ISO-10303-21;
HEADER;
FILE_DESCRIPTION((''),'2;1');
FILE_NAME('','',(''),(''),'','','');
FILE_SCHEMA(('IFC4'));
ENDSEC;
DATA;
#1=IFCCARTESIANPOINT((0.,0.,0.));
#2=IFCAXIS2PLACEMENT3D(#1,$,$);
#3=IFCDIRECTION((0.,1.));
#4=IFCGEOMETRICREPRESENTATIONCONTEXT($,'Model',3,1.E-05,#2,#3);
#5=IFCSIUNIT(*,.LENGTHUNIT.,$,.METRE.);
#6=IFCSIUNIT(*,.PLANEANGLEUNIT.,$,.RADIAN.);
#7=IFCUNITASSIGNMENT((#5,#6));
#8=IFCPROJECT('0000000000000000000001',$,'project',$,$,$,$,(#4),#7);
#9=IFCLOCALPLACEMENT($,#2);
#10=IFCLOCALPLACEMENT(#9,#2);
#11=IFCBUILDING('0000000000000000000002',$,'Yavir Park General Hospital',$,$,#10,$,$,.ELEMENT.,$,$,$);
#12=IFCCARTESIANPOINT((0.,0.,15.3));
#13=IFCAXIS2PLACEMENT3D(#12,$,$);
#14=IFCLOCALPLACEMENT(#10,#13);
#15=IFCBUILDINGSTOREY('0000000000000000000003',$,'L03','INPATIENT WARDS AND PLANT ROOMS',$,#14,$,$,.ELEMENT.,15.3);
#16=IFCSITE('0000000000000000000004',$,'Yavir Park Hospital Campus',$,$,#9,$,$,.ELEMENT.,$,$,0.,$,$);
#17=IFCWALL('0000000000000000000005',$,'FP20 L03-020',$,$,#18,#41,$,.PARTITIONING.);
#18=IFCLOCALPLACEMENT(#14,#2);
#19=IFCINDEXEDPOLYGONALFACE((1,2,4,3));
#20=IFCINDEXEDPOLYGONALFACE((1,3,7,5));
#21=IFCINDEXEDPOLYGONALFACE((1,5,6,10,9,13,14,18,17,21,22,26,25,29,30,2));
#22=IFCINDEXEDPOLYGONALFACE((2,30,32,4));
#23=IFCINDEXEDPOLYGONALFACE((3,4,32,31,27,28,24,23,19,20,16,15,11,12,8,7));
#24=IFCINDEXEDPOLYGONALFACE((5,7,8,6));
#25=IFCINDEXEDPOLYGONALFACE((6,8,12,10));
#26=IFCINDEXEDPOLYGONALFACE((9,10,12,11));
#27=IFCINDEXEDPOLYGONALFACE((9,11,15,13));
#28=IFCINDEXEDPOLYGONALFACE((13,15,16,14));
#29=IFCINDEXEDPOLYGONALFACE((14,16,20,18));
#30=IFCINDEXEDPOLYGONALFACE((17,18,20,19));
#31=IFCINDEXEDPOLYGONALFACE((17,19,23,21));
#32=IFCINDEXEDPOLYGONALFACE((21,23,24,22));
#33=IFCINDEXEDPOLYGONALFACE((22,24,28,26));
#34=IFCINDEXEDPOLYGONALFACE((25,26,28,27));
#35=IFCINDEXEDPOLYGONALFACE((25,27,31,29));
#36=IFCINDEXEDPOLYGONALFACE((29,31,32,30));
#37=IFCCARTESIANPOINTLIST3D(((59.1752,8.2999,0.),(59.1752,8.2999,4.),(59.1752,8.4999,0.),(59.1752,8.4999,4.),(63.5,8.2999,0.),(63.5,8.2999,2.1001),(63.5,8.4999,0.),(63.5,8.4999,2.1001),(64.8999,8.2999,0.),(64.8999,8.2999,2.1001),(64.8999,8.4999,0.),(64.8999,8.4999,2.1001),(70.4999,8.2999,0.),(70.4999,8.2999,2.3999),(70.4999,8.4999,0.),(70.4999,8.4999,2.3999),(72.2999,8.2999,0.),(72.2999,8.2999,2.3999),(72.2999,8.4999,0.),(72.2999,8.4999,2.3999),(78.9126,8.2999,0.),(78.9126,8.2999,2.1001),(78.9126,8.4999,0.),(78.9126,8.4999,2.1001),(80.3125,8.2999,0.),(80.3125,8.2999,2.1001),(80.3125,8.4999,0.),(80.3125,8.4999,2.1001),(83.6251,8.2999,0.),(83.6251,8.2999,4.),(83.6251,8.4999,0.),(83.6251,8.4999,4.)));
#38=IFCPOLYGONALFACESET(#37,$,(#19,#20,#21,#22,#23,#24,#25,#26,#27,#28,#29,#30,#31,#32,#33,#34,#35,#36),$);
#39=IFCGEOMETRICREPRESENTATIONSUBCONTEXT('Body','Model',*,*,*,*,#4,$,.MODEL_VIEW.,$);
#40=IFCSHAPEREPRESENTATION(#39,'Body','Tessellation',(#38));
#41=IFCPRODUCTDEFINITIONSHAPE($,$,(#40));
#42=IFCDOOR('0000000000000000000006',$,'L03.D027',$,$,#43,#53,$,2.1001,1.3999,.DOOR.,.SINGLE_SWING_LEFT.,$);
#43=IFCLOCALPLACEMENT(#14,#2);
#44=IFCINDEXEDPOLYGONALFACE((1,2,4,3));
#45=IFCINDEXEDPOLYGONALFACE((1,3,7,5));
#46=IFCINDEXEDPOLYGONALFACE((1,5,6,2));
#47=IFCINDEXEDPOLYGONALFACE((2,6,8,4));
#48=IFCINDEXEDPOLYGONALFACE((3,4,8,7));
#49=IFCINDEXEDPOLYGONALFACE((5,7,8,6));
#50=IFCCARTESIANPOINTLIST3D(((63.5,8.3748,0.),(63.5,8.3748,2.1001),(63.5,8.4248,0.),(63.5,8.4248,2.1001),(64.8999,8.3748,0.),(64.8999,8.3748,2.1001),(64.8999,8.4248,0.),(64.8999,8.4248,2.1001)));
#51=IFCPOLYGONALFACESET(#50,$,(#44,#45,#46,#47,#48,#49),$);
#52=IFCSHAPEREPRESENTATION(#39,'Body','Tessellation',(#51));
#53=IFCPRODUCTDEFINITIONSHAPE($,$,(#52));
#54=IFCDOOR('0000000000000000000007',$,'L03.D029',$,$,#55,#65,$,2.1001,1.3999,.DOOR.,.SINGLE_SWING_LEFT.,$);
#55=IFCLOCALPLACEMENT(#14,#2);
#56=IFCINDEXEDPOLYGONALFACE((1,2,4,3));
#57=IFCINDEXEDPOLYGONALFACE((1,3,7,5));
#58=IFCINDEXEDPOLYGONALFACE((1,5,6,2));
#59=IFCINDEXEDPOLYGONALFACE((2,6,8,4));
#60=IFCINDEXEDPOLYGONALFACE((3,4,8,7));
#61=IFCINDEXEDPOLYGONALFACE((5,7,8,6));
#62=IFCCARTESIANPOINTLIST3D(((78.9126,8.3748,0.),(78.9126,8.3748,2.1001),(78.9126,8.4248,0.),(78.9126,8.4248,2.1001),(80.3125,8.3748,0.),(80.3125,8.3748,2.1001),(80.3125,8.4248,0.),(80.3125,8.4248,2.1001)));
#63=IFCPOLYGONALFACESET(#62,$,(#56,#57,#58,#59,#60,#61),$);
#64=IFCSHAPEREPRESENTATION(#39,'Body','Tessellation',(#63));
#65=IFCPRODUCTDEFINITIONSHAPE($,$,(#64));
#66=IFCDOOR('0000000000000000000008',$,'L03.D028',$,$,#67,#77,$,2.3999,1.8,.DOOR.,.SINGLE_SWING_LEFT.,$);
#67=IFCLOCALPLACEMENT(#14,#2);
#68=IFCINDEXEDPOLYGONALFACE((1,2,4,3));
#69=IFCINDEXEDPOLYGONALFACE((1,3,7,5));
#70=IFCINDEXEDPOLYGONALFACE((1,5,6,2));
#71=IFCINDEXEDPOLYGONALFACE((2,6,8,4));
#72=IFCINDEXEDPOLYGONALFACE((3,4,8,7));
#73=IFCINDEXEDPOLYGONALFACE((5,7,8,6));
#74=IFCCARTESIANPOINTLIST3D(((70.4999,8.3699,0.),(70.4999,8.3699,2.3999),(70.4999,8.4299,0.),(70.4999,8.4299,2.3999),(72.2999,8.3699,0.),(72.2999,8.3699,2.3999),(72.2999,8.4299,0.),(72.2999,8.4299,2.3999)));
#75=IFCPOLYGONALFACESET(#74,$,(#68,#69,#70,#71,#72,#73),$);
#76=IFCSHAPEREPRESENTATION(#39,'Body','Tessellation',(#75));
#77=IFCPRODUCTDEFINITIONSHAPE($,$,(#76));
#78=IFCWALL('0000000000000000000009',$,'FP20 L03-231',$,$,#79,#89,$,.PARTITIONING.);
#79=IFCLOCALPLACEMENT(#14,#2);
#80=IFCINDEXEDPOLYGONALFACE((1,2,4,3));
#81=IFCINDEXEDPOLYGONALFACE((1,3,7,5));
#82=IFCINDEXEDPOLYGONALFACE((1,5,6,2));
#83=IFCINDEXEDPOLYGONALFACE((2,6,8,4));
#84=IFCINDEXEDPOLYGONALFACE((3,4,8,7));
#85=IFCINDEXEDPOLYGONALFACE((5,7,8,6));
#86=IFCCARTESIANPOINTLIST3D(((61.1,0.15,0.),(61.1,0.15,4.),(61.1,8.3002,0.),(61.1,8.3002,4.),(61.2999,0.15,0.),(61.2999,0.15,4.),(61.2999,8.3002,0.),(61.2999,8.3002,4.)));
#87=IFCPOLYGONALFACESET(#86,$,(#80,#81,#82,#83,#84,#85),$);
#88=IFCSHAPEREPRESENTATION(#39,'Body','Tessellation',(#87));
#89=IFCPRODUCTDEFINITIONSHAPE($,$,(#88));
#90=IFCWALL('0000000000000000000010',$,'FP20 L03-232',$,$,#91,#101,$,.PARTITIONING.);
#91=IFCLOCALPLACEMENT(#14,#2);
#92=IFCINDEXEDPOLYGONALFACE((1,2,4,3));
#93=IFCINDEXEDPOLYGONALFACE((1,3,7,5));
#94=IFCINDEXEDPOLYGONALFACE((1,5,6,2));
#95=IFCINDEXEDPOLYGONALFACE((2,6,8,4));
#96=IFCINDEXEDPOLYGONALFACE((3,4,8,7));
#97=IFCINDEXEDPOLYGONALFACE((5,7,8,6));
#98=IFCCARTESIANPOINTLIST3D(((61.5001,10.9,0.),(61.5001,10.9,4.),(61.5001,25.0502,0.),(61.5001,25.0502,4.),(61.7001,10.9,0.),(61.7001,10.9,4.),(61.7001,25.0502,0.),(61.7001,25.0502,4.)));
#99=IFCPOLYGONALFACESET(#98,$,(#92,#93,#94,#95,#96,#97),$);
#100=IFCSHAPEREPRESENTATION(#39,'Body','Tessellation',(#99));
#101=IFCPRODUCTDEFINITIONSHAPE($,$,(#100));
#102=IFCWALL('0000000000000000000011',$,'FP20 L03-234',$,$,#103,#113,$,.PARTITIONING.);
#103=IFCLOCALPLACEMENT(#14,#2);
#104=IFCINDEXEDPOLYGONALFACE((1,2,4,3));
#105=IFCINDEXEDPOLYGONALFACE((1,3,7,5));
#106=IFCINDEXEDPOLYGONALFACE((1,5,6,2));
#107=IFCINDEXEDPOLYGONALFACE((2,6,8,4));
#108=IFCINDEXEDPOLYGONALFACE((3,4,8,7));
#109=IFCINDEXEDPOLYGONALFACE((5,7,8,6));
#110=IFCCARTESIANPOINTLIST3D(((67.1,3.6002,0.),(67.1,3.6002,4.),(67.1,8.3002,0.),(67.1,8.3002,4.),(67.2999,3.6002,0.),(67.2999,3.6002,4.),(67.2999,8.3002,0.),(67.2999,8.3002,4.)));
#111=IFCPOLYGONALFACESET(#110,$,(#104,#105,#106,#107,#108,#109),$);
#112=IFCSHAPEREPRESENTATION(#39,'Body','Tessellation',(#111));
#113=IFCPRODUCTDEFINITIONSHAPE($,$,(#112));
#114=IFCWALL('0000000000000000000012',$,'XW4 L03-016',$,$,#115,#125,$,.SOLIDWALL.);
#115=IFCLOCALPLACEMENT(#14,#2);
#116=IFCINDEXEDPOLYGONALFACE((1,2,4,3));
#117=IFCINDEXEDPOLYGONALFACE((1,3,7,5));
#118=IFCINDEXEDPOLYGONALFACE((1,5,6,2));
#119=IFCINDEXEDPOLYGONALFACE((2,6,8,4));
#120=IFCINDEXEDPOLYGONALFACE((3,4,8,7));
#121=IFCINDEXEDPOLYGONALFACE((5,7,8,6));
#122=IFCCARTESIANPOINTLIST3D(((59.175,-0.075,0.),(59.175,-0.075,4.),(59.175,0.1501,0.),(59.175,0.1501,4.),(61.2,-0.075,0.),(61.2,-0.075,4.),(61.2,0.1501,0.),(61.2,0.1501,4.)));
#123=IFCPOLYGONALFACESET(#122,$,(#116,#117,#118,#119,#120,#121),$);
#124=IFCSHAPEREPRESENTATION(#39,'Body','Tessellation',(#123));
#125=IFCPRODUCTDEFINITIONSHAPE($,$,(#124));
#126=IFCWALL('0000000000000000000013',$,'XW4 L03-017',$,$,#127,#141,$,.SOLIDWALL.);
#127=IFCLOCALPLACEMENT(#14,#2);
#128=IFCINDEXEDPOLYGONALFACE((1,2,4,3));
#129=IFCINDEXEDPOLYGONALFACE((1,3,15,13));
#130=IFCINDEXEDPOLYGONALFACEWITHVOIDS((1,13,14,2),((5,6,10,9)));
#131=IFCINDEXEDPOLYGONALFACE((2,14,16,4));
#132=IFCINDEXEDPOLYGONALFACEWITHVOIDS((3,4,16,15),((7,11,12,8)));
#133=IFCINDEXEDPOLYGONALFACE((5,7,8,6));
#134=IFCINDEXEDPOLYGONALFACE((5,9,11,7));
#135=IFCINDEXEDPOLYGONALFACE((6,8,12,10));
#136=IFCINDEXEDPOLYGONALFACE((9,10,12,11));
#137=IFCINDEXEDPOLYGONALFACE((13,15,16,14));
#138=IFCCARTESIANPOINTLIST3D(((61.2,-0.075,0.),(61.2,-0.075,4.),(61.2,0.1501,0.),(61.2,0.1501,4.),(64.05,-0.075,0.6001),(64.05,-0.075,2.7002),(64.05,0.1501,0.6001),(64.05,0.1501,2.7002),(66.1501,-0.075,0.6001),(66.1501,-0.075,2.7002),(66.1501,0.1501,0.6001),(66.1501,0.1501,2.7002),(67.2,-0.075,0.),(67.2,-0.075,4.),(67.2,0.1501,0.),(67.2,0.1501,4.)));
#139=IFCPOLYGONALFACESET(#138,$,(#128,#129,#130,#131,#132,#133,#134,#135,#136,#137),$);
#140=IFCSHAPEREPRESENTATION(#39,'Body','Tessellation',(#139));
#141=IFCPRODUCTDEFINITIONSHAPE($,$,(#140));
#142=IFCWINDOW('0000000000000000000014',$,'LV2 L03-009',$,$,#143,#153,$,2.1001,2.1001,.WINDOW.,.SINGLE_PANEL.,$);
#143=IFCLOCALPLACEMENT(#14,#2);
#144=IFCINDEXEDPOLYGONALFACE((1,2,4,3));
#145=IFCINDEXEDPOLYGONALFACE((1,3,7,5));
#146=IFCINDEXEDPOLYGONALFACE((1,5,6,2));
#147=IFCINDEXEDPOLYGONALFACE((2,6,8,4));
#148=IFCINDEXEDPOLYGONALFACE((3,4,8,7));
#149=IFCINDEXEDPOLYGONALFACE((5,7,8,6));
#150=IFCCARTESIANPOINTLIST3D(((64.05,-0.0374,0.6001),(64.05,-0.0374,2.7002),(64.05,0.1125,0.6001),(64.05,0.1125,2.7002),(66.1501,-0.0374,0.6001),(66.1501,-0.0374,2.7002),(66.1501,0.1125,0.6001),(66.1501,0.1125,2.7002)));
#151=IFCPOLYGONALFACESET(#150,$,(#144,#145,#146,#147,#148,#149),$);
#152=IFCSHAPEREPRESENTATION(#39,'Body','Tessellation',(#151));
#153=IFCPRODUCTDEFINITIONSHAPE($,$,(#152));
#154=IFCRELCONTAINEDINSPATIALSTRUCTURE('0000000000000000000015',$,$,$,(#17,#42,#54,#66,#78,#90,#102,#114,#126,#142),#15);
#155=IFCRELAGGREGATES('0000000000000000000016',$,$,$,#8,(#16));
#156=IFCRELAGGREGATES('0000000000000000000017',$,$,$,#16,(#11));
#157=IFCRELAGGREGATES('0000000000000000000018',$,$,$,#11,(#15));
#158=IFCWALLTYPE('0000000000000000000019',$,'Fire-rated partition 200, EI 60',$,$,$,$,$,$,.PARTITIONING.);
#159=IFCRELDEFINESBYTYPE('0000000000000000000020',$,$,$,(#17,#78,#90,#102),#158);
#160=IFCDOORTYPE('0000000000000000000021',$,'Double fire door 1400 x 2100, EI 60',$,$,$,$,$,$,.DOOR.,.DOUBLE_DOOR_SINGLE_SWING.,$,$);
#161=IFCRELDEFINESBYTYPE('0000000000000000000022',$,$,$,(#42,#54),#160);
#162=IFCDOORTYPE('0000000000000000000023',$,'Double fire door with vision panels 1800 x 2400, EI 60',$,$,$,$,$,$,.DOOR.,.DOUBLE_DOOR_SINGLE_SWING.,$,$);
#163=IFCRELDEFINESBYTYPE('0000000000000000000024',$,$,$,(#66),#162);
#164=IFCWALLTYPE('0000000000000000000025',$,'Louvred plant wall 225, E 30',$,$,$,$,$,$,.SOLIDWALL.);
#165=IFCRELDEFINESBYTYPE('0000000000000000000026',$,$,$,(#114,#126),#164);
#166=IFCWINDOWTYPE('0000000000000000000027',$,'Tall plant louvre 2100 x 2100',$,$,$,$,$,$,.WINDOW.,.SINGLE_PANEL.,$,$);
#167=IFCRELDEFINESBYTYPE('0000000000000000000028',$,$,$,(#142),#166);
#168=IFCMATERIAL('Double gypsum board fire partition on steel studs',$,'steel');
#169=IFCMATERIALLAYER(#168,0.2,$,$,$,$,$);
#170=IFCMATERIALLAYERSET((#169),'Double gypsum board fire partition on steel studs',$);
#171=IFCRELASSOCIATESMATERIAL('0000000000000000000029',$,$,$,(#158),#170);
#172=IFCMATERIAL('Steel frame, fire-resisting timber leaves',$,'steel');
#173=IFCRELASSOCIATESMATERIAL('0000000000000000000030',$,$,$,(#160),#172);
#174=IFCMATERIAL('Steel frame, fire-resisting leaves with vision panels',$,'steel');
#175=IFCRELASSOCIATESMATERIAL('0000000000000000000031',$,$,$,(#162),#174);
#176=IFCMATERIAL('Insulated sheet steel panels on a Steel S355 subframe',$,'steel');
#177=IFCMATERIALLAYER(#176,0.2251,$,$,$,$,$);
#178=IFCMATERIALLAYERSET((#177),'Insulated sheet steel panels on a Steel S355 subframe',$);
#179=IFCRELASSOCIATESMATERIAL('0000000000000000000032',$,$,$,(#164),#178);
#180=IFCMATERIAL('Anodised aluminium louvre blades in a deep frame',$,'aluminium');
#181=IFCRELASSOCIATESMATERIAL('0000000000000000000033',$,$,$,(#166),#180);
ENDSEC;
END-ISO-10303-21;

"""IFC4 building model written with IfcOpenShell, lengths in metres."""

from ifc_helpers import new_model, si_unit, direction, frame, frame_2d, origin, place, context, subcontext, project, spatial, rectangle, extrude, material, layer, layer_set, type_object, element, fill, save


model = new_model("IFC4")

# Units and contexts
model_context = context("Model", 3, precision=1e-05, world=origin(), true_north=direction((0.0, 1.0)))
body_context = subcontext(model_context, "Body", "Model", "MODEL_VIEW")
ifc_project = project(units=[si_unit("LENGTHUNIT", "METRE"), si_unit("PLANEANGLEUNIT", "RADIAN")], contexts=[model_context])

# Site, building, storey
site_placement = place(None, origin())
site = spatial("IfcSite", under=ifc_project, at=site_placement, Name="Yavir Park Hospital Campus", CompositionType="ELEMENT", RefElevation=0.0)
building_placement = place(site_placement, origin())
building = spatial("IfcBuilding", under=site, at=building_placement, Name="Yavir Park General Hospital", CompositionType="ELEMENT")
storey_placement = place(building_placement, frame((0.0, 0.0, 15.3)))
storey = spatial("IfcBuildingStorey", under=building, at=storey_placement, Name="L03", Description="INPATIENT WARDS AND PLANT ROOMS", CompositionType="ELEMENT", Elevation=15.3)

# Wall, openings, doors
ifc_material_1 = material(Name="Double gypsum board fire partition on steel studs", Category="steel")
ifc_layer_1 = layer(ifc_material_1, 0.2)
ifc_layer_set_1 = layer_set([ifc_layer_1], Name="Double gypsum board fire partition on steel studs")
wall_type_1 = type_object("IfcWallType", Name="Fire-rated partition 200, EI 60", PredefinedType="PARTITIONING", material=ifc_layer_set_1)
wall_1_placement = place(storey_placement, frame((59.175, 8.3999, 0.0), z_axis=(0.0, 0.0, 1.0), x_axis=(1.0, 0.0, 0.0)))
wall_1 = element("IfcWall", 1, at=wall_1_placement, inside=storey, type_object=wall_type_1, Name="FP20 L03-020", PredefinedType="PARTITIONING", context=body_context, shape_type="SweptSolid", body=[
    extrude(rectangle(XDim=24.45, YDim=0.2, at=frame_2d((12.2251, 0.0))), origin(), (0.0, 0.0, 1.0), 4.0),
])
opening_1_placement = place(wall_1_placement, frame((4.325, 0.0, 0.0)))
opening_1 = element("IfcOpeningElement", 2, at=opening_1_placement, cuts=wall_1, PredefinedType="OPENING", context=body_context, shape_type="SweptSolid", body=[
    extrude(rectangle(XDim=1.3999, YDim=2.1001, at=frame_2d((0.7, 1.05))), frame((0.0, 0.1099, 0.0), z_axis=(0.0, -1.0, 0.0), x_axis=(1.0, 0.0, 0.0)), (0.0, 0.0, 1.0), 0.22),
])
opening_2_placement = place(wall_1_placement, frame((11.325, 0.0, 0.0)))
opening_2 = element("IfcOpeningElement", 3, at=opening_2_placement, cuts=wall_1, PredefinedType="OPENING", context=body_context, shape_type="SweptSolid", body=[
    extrude(rectangle(XDim=1.8, YDim=2.3999, at=frame_2d((0.8999, 1.2))), frame((0.0, 0.1099, 0.0), z_axis=(0.0, -1.0, 0.0), x_axis=(1.0, 0.0, 0.0)), (0.0, 0.0, 1.0), 0.22),
])
opening_3_placement = place(wall_1_placement, frame((19.7375, 0.0, 0.0)))
opening_3 = element("IfcOpeningElement", 4, at=opening_3_placement, cuts=wall_1, PredefinedType="OPENING", context=body_context, shape_type="SweptSolid", body=[
    extrude(rectangle(XDim=1.3999, YDim=2.1001, at=frame_2d((0.7, 1.05))), frame((0.0, 0.1099, 0.0), z_axis=(0.0, -1.0, 0.0), x_axis=(1.0, 0.0, 0.0)), (0.0, 0.0, 1.0), 0.22),
])
ifc_material_2 = material(Name="Steel frame, fire-resisting timber leaves", Category="steel")
door_type_1 = type_object("IfcDoorType", Name="Double fire door 1400 x 2100, EI 60", OperationType="DOUBLE_DOOR_SINGLE_SWING", PredefinedType="DOOR", material=ifc_material_2)
door_1_placement = place(opening_1_placement, origin())
door_1 = element("IfcDoor", 5, at=door_1_placement, inside=storey, type_object=door_type_1, Name="L03.D027", OperationType="SINGLE_SWING_LEFT", OverallHeight=2.1001, OverallWidth=1.3999, PredefinedType="DOOR", context=body_context, shape_type="SweptSolid", body=[
    extrude(rectangle(XDim=1.3999, YDim=2.1001, at=frame_2d((0.7, 1.05))), frame((0.0, 0.0249, 0.0), z_axis=(0.0, -1.0, 0.0), x_axis=(1.0, 0.0, 0.0)), (0.0, 0.0, 1.0), 0.05),
])
fill(opening_1, door_1)
door_2_placement = place(opening_3_placement, origin())
door_2 = element("IfcDoor", 6, at=door_2_placement, inside=storey, type_object=door_type_1, Name="L03.D029", OperationType="SINGLE_SWING_LEFT", OverallHeight=2.1001, OverallWidth=1.3999, PredefinedType="DOOR", context=body_context, shape_type="SweptSolid", body=[
    extrude(rectangle(XDim=1.3999, YDim=2.1001, at=frame_2d((0.7, 1.05))), frame((0.0, 0.0249, 0.0), z_axis=(0.0, -1.0, 0.0), x_axis=(1.0, 0.0, 0.0)), (0.0, 0.0, 1.0), 0.05),
])
fill(opening_3, door_2)
ifc_material_3 = material(Name="Steel frame, fire-resisting leaves with vision panels", Category="steel")
door_type_2 = type_object("IfcDoorType", Name="Double fire door with vision panels 1800 x 2400, EI 60", OperationType="DOUBLE_DOOR_SINGLE_SWING", PredefinedType="DOOR", material=ifc_material_3)
door_3_placement = place(opening_2_placement, origin())
door_3 = element("IfcDoor", 7, at=door_3_placement, inside=storey, type_object=door_type_2, Name="L03.D028", OperationType="SINGLE_SWING_LEFT", OverallHeight=2.3999, OverallWidth=1.8, PredefinedType="DOOR", context=body_context, shape_type="SweptSolid", body=[
    extrude(rectangle(XDim=1.8, YDim=2.3999, at=frame_2d((0.8999, 1.2))), frame((0.0, 0.03, 0.0), z_axis=(0.0, -1.0, 0.0), x_axis=(1.0, 0.0, 0.0)), (0.0, 0.0, 1.0), 0.0601),
])
fill(opening_2, door_3)

# Walls
wall_2_placement = place(storey_placement, frame((61.2, 0.1499, 0.0), z_axis=(0.0, 0.0, 1.0), x_axis=(0.0, 1.0, 0.0)))
element("IfcWall", 8, at=wall_2_placement, inside=storey, type_object=wall_type_1, Name="FP20 L03-231", PredefinedType="PARTITIONING", context=body_context, shape_type="SweptSolid", body=[
    extrude(rectangle(XDim=8.1501, YDim=0.2, at=frame_2d((4.0752, 0.0))), origin(), (0.0, 0.0, 1.0), 4.0),
])
wall_3_placement = place(storey_placement, frame((61.6001, 10.8999, 0.0), z_axis=(0.0, 0.0, 1.0), x_axis=(0.0, 1.0, 0.0)))
element("IfcWall", 9, at=wall_3_placement, inside=storey, type_object=wall_type_1, Name="FP20 L03-232", PredefinedType="PARTITIONING", context=body_context, shape_type="SweptSolid", body=[
    extrude(rectangle(XDim=14.1501, YDim=0.2, at=frame_2d((7.0752, 0.0))), origin(), (0.0, 0.0, 1.0), 4.0),
])
wall_4_placement = place(storey_placement, frame((67.2, 3.6001, 0.0), z_axis=(0.0, 0.0, 1.0), x_axis=(0.0, 1.0, 0.0)))
element("IfcWall", 10, at=wall_4_placement, inside=storey, type_object=wall_type_1, Name="FP20 L03-234", PredefinedType="PARTITIONING", context=body_context, shape_type="SweptSolid", body=[
    extrude(rectangle(XDim=4.7, YDim=0.2, at=frame_2d((2.3501, 0.0))), origin(), (0.0, 0.0, 1.0), 4.0),
])
ifc_material_4 = material(Name="Insulated sheet steel panels on a Steel S355 subframe", Category="steel")
ifc_layer_2 = layer(ifc_material_4, 0.2251)
ifc_layer_set_2 = layer_set([ifc_layer_2], Name="Insulated sheet steel panels on a Steel S355 subframe")
wall_type_2 = type_object("IfcWallType", Name="Louvred plant wall 225, E 30", PredefinedType="SOLIDWALL", material=ifc_layer_set_2)
wall_5_placement = place(storey_placement, frame((59.175, 0.0376, 0.0), z_axis=(0.0, 0.0, 1.0), x_axis=(1.0, 0.0, 0.0)))
element("IfcWall", 11, at=wall_5_placement, inside=storey, type_object=wall_type_2, Name="XW4 L03-016", PredefinedType="SOLIDWALL", context=body_context, shape_type="SweptSolid", body=[
    extrude(rectangle(XDim=2.0249, YDim=0.2251, at=frame_2d((1.0125, 0.0))), origin(), (0.0, 0.0, 1.0), 4.0),
])

# Wall, opening, window
wall_6_placement = place(storey_placement, frame((61.2, 0.0376, 0.0), z_axis=(0.0, 0.0, 1.0), x_axis=(1.0, 0.0, 0.0)))
wall_6 = element("IfcWall", 12, at=wall_6_placement, inside=storey, type_object=wall_type_2, Name="XW4 L03-017", PredefinedType="SOLIDWALL", context=body_context, shape_type="SweptSolid", body=[
    extrude(rectangle(XDim=6.0, YDim=0.2251, at=frame_2d((3.0, 0.0))), origin(), (0.0, 0.0, 1.0), 4.0),
])
opening_4_placement = place(wall_6_placement, frame((2.8501, 0.0, 0.6001)))
opening_4 = element("IfcOpeningElement", 13, at=opening_4_placement, cuts=wall_6, PredefinedType="OPENING", context=body_context, shape_type="SweptSolid", body=[
    extrude(rectangle(XDim=2.1001, YDim=2.1001, at=frame_2d((1.05, 1.05))), frame((0.0, 0.1226, 0.0), z_axis=(0.0, -1.0, 0.0), x_axis=(1.0, 0.0, 0.0)), (0.0, 0.0, 1.0), 0.2451),
])
ifc_material_5 = material(Name="Anodised aluminium louvre blades in a deep frame", Category="aluminium")
window_type = type_object("IfcWindowType", Name="Tall plant louvre 2100 x 2100", PartitioningType="SINGLE_PANEL", PredefinedType="WINDOW", material=ifc_material_5)
window_placement = place(opening_4_placement, origin())
window = element("IfcWindow", 14, at=window_placement, inside=storey, type_object=window_type, Name="LV2 L03-009", OverallHeight=2.1001, OverallWidth=2.1001, PartitioningType="SINGLE_PANEL", PredefinedType="WINDOW", context=body_context, shape_type="SweptSolid", body=[
    extrude(rectangle(XDim=2.1001, YDim=2.1001, at=frame_2d((1.05, 1.05))), frame((0.0, 0.075, 0.0), z_axis=(0.0, -1.0, 0.0), x_axis=(1.0, 0.0, 0.0)), (0.0, 0.0, 1.0), 0.1499),
])
fill(opening_4, window)

save(model, "model.ifc")
